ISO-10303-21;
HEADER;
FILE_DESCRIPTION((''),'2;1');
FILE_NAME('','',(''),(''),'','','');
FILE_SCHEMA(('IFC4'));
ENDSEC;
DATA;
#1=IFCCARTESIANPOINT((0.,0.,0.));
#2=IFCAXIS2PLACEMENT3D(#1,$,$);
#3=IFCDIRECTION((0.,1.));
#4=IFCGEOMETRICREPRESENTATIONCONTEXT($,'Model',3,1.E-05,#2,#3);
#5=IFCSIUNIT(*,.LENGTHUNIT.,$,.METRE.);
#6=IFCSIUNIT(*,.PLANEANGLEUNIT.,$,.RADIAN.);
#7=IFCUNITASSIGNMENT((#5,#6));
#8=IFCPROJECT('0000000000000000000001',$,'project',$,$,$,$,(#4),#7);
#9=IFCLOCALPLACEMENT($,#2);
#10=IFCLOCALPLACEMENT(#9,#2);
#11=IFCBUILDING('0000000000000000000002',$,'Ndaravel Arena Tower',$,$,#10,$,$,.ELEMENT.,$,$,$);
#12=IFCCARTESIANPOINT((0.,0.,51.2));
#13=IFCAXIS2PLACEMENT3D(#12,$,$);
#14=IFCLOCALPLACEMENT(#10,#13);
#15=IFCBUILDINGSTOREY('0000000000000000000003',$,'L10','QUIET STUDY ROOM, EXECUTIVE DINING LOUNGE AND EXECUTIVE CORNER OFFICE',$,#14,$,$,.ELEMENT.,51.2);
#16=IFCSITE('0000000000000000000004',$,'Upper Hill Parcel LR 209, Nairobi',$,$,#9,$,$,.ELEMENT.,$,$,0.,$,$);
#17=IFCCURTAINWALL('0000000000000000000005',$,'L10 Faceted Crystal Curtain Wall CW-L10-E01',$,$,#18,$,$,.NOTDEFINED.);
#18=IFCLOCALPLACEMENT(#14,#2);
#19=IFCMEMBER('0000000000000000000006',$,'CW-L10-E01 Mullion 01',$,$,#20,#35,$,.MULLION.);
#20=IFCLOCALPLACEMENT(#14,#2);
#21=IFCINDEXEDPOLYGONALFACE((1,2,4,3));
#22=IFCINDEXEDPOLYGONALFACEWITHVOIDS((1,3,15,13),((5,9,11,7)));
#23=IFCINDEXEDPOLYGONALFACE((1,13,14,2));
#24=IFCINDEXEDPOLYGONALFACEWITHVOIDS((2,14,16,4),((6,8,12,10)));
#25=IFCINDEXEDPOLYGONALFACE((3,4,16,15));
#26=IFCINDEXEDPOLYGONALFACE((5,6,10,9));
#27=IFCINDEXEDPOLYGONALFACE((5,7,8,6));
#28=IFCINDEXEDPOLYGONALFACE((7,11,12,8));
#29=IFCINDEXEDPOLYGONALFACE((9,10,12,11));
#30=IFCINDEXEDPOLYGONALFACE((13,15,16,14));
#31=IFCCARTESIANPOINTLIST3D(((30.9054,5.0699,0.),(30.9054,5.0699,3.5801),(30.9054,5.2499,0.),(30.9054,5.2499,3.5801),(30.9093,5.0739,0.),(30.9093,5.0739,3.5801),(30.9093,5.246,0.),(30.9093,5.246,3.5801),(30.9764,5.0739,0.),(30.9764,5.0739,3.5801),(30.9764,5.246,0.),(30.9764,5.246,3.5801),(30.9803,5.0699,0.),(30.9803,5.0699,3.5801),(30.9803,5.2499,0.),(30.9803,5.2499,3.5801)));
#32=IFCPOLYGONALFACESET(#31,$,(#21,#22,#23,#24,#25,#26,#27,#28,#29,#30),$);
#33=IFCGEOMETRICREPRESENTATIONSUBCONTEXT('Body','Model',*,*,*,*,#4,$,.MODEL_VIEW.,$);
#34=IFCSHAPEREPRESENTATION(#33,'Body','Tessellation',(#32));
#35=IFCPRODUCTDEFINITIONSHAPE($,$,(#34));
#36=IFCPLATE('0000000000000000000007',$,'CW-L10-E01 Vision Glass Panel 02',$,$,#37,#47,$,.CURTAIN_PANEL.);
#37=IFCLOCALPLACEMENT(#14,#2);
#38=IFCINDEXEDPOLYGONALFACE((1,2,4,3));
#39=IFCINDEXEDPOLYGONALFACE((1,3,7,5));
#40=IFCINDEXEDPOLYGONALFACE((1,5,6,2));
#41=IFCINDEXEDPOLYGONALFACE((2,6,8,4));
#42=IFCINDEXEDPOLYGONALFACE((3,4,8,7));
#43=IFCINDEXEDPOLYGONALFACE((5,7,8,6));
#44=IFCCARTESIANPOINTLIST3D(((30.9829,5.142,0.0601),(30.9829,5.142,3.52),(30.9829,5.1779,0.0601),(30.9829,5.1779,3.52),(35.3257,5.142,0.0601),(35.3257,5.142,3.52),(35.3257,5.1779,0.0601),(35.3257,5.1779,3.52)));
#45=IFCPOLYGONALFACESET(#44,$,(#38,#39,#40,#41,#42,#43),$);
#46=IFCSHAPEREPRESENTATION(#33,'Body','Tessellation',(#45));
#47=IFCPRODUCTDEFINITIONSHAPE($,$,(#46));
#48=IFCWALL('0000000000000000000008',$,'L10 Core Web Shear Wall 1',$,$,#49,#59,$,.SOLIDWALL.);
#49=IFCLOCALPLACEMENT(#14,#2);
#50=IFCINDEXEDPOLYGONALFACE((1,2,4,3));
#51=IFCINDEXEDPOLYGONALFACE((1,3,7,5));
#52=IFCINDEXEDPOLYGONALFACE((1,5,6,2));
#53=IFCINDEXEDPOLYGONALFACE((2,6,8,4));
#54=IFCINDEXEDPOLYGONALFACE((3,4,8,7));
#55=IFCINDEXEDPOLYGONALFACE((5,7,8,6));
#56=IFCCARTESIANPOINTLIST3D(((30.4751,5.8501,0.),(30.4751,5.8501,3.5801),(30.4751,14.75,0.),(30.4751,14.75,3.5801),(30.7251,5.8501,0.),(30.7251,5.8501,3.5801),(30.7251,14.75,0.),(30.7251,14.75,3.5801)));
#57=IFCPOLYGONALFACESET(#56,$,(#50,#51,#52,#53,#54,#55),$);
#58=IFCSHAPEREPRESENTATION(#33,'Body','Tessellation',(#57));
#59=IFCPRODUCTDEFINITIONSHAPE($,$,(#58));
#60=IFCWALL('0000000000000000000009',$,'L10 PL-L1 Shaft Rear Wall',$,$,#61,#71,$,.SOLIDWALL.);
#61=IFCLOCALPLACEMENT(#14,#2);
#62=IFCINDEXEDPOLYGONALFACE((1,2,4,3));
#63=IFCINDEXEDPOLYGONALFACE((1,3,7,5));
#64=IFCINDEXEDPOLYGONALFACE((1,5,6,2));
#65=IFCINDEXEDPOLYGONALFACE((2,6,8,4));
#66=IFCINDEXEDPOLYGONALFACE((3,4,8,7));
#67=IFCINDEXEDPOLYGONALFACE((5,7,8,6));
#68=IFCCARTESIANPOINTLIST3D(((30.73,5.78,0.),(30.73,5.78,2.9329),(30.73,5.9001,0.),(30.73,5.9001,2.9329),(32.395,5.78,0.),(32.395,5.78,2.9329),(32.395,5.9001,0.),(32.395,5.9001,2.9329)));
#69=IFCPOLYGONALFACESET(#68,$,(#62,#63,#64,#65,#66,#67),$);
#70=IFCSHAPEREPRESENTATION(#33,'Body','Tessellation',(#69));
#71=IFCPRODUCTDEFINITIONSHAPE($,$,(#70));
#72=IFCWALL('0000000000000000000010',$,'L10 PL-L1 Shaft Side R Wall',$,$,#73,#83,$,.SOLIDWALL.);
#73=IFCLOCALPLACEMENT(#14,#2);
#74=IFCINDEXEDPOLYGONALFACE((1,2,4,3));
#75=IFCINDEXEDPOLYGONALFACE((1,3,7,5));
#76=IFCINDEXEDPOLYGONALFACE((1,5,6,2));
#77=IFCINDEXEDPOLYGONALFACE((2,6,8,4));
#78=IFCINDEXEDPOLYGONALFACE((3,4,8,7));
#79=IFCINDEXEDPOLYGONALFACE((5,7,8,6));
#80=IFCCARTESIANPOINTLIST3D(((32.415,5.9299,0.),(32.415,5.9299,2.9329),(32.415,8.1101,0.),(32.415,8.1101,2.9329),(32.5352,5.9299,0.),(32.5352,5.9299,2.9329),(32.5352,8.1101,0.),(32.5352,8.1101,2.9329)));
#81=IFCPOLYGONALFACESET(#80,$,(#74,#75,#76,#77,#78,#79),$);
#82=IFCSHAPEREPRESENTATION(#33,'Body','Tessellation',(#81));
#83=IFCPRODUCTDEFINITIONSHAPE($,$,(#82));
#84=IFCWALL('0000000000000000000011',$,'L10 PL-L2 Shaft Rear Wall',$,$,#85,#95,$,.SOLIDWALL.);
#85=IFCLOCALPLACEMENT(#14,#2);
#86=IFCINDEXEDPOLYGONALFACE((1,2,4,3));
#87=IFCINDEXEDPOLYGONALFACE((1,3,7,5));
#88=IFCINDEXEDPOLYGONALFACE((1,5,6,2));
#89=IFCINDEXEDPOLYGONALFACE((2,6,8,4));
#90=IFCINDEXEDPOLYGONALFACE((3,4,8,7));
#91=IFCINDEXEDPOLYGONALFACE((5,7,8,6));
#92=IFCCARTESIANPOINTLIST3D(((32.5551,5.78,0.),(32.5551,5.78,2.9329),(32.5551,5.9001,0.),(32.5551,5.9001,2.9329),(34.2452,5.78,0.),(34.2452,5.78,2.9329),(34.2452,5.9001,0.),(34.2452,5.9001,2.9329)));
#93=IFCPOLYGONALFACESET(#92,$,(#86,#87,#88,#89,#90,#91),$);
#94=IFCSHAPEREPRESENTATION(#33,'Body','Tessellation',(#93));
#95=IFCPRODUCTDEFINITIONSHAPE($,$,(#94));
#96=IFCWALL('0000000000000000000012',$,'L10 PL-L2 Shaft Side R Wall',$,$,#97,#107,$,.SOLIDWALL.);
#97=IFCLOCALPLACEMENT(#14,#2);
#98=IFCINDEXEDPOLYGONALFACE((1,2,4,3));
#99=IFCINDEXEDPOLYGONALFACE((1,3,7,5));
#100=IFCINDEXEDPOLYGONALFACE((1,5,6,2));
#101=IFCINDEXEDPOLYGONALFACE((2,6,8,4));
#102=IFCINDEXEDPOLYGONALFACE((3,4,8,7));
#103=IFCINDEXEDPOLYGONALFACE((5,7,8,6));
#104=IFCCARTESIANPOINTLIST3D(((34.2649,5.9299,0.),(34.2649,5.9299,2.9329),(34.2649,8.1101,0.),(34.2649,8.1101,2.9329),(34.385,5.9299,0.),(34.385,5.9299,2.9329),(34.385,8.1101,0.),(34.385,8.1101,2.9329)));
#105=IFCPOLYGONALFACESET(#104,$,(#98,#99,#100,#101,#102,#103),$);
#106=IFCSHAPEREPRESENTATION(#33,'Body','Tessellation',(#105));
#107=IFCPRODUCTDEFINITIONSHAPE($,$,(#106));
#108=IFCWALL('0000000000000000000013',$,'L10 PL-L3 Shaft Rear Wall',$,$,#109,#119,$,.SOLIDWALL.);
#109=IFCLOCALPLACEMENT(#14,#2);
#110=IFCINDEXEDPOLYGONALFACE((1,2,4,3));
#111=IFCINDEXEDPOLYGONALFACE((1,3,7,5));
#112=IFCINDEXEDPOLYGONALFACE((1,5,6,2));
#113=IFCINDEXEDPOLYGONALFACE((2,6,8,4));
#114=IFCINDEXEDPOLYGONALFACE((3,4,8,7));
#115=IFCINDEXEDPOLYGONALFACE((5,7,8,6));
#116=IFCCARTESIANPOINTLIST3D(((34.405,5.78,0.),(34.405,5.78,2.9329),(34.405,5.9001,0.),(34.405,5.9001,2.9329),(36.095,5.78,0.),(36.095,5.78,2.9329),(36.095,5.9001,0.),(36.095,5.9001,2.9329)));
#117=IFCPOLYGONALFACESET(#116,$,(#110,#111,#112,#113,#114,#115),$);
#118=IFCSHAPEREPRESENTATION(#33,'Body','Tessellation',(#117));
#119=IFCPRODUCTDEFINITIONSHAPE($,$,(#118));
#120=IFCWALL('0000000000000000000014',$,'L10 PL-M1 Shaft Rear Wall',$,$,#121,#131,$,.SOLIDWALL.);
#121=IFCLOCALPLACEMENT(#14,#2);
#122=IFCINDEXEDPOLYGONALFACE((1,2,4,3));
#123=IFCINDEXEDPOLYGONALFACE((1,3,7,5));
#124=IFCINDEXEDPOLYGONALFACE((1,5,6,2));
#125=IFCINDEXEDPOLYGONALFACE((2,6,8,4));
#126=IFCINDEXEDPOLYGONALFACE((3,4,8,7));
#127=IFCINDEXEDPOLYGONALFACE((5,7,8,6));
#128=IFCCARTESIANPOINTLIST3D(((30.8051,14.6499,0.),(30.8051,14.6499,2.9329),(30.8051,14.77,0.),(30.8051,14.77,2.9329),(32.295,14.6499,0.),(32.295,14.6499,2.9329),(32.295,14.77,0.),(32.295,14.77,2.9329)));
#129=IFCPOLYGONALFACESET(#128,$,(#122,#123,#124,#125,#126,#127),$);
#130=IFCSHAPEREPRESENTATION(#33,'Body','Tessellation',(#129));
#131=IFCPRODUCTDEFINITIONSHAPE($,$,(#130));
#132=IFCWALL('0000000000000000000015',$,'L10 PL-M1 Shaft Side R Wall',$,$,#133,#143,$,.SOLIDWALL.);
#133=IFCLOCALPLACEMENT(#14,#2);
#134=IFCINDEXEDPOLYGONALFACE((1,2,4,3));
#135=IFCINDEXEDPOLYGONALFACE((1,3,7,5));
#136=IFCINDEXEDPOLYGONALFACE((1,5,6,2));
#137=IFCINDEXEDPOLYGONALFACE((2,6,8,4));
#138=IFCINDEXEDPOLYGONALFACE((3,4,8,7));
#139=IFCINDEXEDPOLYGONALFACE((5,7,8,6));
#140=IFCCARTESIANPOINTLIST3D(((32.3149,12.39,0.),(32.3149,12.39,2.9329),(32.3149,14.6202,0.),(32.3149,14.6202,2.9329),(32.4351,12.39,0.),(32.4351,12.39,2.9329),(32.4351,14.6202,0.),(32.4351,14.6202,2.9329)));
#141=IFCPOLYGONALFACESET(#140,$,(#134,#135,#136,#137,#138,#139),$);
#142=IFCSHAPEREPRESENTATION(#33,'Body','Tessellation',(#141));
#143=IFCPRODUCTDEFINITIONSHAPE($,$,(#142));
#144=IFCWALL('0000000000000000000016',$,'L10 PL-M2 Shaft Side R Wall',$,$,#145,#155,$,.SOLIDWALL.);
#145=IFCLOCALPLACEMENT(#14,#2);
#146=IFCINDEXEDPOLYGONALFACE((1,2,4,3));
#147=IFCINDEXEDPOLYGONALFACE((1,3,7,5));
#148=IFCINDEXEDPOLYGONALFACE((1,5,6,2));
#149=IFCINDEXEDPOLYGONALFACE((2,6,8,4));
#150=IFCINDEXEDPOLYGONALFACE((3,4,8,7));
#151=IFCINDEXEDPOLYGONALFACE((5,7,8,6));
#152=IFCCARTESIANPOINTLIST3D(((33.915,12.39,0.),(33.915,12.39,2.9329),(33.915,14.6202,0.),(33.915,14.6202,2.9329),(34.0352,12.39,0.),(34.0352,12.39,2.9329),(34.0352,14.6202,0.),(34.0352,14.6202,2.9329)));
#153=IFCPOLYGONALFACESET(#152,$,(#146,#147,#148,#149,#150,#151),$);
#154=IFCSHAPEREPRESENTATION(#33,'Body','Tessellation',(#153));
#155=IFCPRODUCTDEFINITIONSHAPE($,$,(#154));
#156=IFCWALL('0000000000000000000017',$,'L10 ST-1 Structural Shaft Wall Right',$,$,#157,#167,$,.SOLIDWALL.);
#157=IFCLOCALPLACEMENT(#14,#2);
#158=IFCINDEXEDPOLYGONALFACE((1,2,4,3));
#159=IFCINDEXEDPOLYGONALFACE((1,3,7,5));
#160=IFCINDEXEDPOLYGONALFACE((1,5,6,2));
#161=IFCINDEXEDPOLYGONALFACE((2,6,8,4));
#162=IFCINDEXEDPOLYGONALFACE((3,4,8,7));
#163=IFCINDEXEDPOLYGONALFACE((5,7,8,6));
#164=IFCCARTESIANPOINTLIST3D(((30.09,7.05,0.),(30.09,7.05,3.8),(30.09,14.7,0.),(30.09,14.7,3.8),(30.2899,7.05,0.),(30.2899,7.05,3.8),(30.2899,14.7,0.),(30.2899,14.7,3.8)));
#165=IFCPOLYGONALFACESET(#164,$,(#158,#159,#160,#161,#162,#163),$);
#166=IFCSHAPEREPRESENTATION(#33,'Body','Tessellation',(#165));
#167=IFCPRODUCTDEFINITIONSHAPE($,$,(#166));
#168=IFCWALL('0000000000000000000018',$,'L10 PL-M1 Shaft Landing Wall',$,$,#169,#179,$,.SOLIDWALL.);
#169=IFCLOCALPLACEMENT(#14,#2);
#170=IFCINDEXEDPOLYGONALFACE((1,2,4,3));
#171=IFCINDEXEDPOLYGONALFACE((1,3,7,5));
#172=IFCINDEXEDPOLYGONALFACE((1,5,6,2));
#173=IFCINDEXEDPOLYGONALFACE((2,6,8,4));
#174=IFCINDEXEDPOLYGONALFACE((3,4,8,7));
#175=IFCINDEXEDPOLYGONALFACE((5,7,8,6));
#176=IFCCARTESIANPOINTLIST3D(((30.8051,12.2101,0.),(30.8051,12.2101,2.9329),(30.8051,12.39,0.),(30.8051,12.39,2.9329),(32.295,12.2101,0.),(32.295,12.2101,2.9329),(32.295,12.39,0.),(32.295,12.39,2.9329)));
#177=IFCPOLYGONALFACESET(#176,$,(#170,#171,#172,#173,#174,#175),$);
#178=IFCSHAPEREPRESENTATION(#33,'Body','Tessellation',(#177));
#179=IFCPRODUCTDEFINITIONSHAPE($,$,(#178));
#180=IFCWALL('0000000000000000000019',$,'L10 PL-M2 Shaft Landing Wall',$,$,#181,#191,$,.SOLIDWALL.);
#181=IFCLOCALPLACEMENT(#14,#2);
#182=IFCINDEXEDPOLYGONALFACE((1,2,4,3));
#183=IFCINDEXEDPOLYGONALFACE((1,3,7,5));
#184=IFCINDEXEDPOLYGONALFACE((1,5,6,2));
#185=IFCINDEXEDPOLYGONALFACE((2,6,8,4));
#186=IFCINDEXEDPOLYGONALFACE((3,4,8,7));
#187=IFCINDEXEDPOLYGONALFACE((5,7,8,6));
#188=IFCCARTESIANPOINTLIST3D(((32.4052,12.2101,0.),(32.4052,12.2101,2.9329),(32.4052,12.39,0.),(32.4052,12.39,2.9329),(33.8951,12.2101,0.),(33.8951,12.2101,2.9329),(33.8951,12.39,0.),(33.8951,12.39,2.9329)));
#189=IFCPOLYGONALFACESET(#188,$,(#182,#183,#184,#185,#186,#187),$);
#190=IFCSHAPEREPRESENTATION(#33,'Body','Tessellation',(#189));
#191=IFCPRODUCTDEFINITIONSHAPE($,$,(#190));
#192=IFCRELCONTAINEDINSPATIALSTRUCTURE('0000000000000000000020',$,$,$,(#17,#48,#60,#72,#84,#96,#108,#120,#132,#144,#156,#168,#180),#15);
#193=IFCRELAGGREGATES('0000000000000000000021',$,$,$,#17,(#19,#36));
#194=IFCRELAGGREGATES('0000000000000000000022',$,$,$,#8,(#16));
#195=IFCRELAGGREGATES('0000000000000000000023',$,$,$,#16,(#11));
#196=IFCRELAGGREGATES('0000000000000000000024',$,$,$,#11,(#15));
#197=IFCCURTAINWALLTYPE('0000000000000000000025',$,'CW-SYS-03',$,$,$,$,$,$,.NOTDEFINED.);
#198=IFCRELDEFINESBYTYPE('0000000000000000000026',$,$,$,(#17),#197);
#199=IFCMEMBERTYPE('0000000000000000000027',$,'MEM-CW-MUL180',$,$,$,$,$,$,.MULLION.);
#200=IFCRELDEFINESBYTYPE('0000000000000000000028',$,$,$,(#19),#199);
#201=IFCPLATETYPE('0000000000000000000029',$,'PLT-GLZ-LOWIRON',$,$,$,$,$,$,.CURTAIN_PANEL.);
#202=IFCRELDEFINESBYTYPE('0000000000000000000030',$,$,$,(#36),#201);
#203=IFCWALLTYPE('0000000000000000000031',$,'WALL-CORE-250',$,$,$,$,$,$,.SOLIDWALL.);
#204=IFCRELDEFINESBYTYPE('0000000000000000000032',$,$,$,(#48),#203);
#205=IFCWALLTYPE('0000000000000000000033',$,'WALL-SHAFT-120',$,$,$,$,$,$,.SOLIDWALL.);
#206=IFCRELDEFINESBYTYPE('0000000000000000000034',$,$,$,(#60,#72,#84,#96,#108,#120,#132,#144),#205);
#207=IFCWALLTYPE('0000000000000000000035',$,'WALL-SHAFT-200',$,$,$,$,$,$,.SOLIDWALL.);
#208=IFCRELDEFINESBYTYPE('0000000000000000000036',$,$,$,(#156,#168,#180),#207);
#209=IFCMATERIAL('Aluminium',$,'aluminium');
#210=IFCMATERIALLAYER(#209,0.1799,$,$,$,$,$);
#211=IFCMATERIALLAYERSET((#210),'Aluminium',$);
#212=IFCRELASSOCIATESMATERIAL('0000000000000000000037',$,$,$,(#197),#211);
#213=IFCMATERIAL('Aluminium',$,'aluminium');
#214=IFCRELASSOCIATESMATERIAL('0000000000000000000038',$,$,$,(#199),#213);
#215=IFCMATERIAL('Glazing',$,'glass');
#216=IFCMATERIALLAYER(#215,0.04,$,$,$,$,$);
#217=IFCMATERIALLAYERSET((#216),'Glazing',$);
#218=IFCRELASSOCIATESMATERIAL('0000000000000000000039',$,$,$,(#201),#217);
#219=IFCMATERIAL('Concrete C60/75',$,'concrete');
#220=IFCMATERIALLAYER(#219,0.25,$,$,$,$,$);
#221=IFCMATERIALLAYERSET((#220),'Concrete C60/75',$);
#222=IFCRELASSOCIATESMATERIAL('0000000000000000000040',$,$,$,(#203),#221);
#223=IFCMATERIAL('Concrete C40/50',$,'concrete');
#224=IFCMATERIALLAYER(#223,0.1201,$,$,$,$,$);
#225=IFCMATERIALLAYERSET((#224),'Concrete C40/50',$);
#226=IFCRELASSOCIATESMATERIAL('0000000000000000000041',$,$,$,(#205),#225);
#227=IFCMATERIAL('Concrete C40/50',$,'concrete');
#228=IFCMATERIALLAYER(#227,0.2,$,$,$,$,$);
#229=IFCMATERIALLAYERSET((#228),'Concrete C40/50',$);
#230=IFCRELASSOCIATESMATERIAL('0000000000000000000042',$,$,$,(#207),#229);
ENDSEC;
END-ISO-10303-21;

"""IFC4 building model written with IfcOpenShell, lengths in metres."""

from ifc_helpers import new_model, si_unit, direction, frame, frame_2d, origin, origin_2d, place, context, subcontext, project, spatial, rectangle, hollow_rectangle, extrude, material, layer, layer_set, material_profile, profile_set, type_object, element, aggregate, save


model = new_model("IFC4")

# Units and contexts
model_context = context("Model", 3, precision=1e-05, world=origin(), true_north=direction((0.0, 1.0)))
body_context = subcontext(model_context, "Body", "Model", "MODEL_VIEW")
ifc_project = project(units=[si_unit("LENGTHUNIT", "METRE"), si_unit("PLANEANGLEUNIT", "RADIAN")], contexts=[model_context])

# Site, building, storey
site_placement = place(None, origin())
site = spatial("IfcSite", under=ifc_project, at=site_placement, Name="Upper Hill Parcel LR 209, Nairobi", CompositionType="ELEMENT", RefElevation=0.0)
building_placement = place(site_placement, origin())
building = spatial("IfcBuilding", under=site, at=building_placement, Name="Ndaravel Arena Tower", CompositionType="ELEMENT")
storey_placement = place(building_placement, frame((0.0, 0.0, 51.2)))
storey = spatial("IfcBuildingStorey", under=building, at=storey_placement, Name="L10", Description="QUIET STUDY ROOM, EXECUTIVE DINING LOUNGE AND EXECUTIVE CORNER OFFICE", CompositionType="ELEMENT", Elevation=51.2)

# Curtain wall, member, plate
ifc_material_1 = material(Name="Aluminium", Category="aluminium")
ifc_layer_1 = layer(ifc_material_1, 0.1799)
ifc_layer_set_1 = layer_set([ifc_layer_1], Name="Aluminium")
curtain_wall_type = type_object("IfcCurtainWallType", Name="CW-SYS-03", PredefinedType="NOTDEFINED", material=ifc_layer_set_1)
curtain_wall_placement = place(storey_placement, origin())
curtain_wall = element("IfcCurtainWall", 1, at=curtain_wall_placement, inside=storey, type_object=curtain_wall_type, Name="L10 Faceted Crystal Curtain Wall CW-L10-E01", PredefinedType="NOTDEFINED")
ifc_material_2 = material(Name="Aluminium", Category="aluminium")
ifc_material_profile = material_profile(ifc_material_2, hollow_rectangle(XDim=0.075, YDim=0.1799, WallThickness=0.0039, at=origin_2d()), Name="CW MULLION 75x180x4")
ifc_profile_set = profile_set([ifc_material_profile], Name="Aluminium")
member_type = type_object("IfcMemberType", Name="MEM-CW-MUL180", PredefinedType="MULLION", material=ifc_profile_set)
member_placement = place(storey_placement, frame((30.9429, 5.1599, 0.0), z_axis=(0.0, 0.0, 1.0), x_axis=(1.0, 0.0, 0.0)))
member = element("IfcMember", 2, at=member_placement, type_object=member_type, Name="CW-L10-E01 Mullion 01", PredefinedType="MULLION", context=body_context, shape_type="SweptSolid", body=[
    extrude(hollow_rectangle(XDim=0.075, YDim=0.1799, WallThickness=0.0039, at=origin_2d()), origin(), (0.0, 0.0, 1.0), 3.5801),
])
ifc_material_3 = material(Name="Glazing", Category="glass")
ifc_layer_2 = layer(ifc_material_3, 0.04)
ifc_layer_set_2 = layer_set([ifc_layer_2], Name="Glazing")
plate_type = type_object("IfcPlateType", Name="PLT-GLZ-LOWIRON", PredefinedType="CURTAIN_PANEL", material=ifc_layer_set_2)
plate_placement = place(storey_placement, frame((33.1543, 5.1599, 0.0601), z_axis=(0.0, 0.0, 1.0), x_axis=(1.0, 0.0, 0.0)))
plate = element("IfcPlate", 3, at=plate_placement, type_object=plate_type, Name="CW-L10-E01 Vision Glass Panel 02", PredefinedType="CURTAIN_PANEL", context=body_context, shape_type="SweptSolid", body=[
    extrude(rectangle(XDim=4.3428, YDim=0.0359, at=origin_2d()), origin(), (0.0, 0.0, 1.0), 3.46),
])
aggregate(curtain_wall, [member, plate])

# Walls
ifc_material_4 = material(Name="Concrete C60/75", Category="concrete")
ifc_layer_3 = layer(ifc_material_4, 0.25)
ifc_layer_set_3 = layer_set([ifc_layer_3], Name="Concrete C60/75")
wall_type_1 = type_object("IfcWallType", Name="WALL-CORE-250", PredefinedType="SOLIDWALL", material=ifc_layer_set_3)
wall_1_placement = place(storey_placement, frame((30.6001, 5.8501, 0.0), z_axis=(0.0, 0.0, 1.0), x_axis=(0.0, 1.0, 0.0)))
element("IfcWall", 4, at=wall_1_placement, inside=storey, type_object=wall_type_1, Name="L10 Core Web Shear Wall 1", PredefinedType="SOLIDWALL", context=body_context, shape_type="SweptSolid", body=[
    extrude(rectangle(XDim=8.8999, YDim=0.25, at=frame_2d((4.45, 0.0))), origin(), (0.0, 0.0, 1.0), 3.5801),
])
ifc_material_5 = material(Name="Concrete C40/50", Category="concrete")
ifc_layer_4 = layer(ifc_material_5, 0.1201)
ifc_layer_set_4 = layer_set([ifc_layer_4], Name="Concrete C40/50")
wall_type_2 = type_object("IfcWallType", Name="WALL-SHAFT-120", PredefinedType="SOLIDWALL", material=ifc_layer_set_4)
wall_2_placement = place(storey_placement, frame((30.73, 5.8401, 0.0), z_axis=(0.0, 0.0, 1.0), x_axis=(1.0, 0.0, 0.0)))
element("IfcWall", 5, at=wall_2_placement, inside=storey, type_object=wall_type_2, Name="L10 PL-L1 Shaft Rear Wall", PredefinedType="SOLIDWALL", context=body_context, shape_type="SweptSolid", body=[
    extrude(rectangle(XDim=1.665, YDim=0.1201, at=frame_2d((0.8325, 0.0))), origin(), (0.0, 0.0, 1.0), 2.9329),
])
wall_3_placement = place(storey_placement, frame((32.4751, 5.9299, 0.0), z_axis=(0.0, 0.0, 1.0), x_axis=(0.0, 1.0, 0.0)))
element("IfcWall", 6, at=wall_3_placement, inside=storey, type_object=wall_type_2, Name="L10 PL-L1 Shaft Side R Wall", PredefinedType="SOLIDWALL", context=body_context, shape_type="SweptSolid", body=[
    extrude(rectangle(XDim=2.1802, YDim=0.1201, at=frame_2d((1.0901, 0.0))), origin(), (0.0, 0.0, 1.0), 2.9329),
])
wall_4_placement = place(storey_placement, frame((32.5549, 5.8401, 0.0), z_axis=(0.0, 0.0, 1.0), x_axis=(1.0, 0.0, 0.0)))
element("IfcWall", 7, at=wall_4_placement, inside=storey, type_object=wall_type_2, Name="L10 PL-L2 Shaft Rear Wall", PredefinedType="SOLIDWALL", context=body_context, shape_type="SweptSolid", body=[
    extrude(rectangle(XDim=1.6902, YDim=0.1201, at=frame_2d((0.8452, 0.0))), origin(), (0.0, 0.0, 1.0), 2.9329),
])
wall_5_placement = place(storey_placement, frame((34.325, 5.9299, 0.0), z_axis=(0.0, 0.0, 1.0), x_axis=(0.0, 1.0, 0.0)))
element("IfcWall", 8, at=wall_5_placement, inside=storey, type_object=wall_type_2, Name="L10 PL-L2 Shaft Side R Wall", PredefinedType="SOLIDWALL", context=body_context, shape_type="SweptSolid", body=[
    extrude(rectangle(XDim=2.1802, YDim=0.1201, at=frame_2d((1.0901, 0.0))), origin(), (0.0, 0.0, 1.0), 2.9329),
])
wall_6_placement = place(storey_placement, frame((34.405, 5.8401, 0.0), z_axis=(0.0, 0.0, 1.0), x_axis=(1.0, 0.0, 0.0)))
element("IfcWall", 9, at=wall_6_placement, inside=storey, type_object=wall_type_2, Name="L10 PL-L3 Shaft Rear Wall", PredefinedType="SOLIDWALL", context=body_context, shape_type="SweptSolid", body=[
    extrude(rectangle(XDim=1.6899, YDim=0.1201, at=frame_2d((0.845, 0.0))), origin(), (0.0, 0.0, 1.0), 2.9329),
])
wall_7_placement = place(storey_placement, frame((30.8049, 14.71, 0.0), z_axis=(0.0, 0.0, 1.0), x_axis=(1.0, 0.0, 0.0)))
element("IfcWall", 10, at=wall_7_placement, inside=storey, type_object=wall_type_2, Name="L10 PL-M1 Shaft Rear Wall", PredefinedType="SOLIDWALL", context=body_context, shape_type="SweptSolid", body=[
    extrude(rectangle(XDim=1.49, YDim=0.1201, at=frame_2d((0.7451, 0.0))), origin(), (0.0, 0.0, 1.0), 2.9329),
])
for number, where, z_axis, x_axis, name in (
    (11, (32.375, 12.3899, 0.0), (0.0, 0.0, 1.0), (0.0, 1.0, 0.0), "L10 PL-M1 Shaft Side R Wall"),
    (12, (33.9751, 12.3899, 0.0), (0.0, 0.0, 1.0), (0.0, 1.0, 0.0), "L10 PL-M2 Shaft Side R Wall"),
):
    element("IfcWall", number, at=place(storey_placement, frame(where, z_axis=z_axis, x_axis=x_axis)), inside=storey, type_object=wall_type_2, Name=name, PredefinedType="SOLIDWALL", context=body_context, shape_type="SweptSolid", body=[
        extrude(rectangle(XDim=2.2302, YDim=0.1201, at=frame_2d((1.1152, 0.0))), origin(), (0.0, 0.0, 1.0), 2.9329),
    ])
ifc_material_6 = material(Name="Concrete C40/50", Category="concrete")
ifc_layer_5 = layer(ifc_material_6, 0.2)
ifc_layer_set_5 = layer_set([ifc_layer_5], Name="Concrete C40/50")
wall_type_3 = type_object("IfcWallType", Name="WALL-SHAFT-200", PredefinedType="SOLIDWALL", material=ifc_layer_set_5)
wall_8_placement = place(storey_placement, frame((30.1899, 14.7, 0.0), z_axis=(0.0, 0.0, 1.0), x_axis=(0.0, -1.0, 0.0)))
element("IfcWall", 13, at=wall_8_placement, inside=storey, type_object=wall_type_3, Name="L10 ST-1 Structural Shaft Wall Right", PredefinedType="SOLIDWALL", context=body_context, shape_type="SweptSolid", body=[
    extrude(rectangle(XDim=7.6499, YDim=0.2, at=frame_2d((3.825, 0.0))), origin(), (0.0, 0.0, 1.0), 3.8),
])

# Walls
for number, where, z_axis, x_axis, name in (
    (14, (30.8049, 12.3, 0.0), (0.0, 0.0, 1.0), (1.0, 0.0, 0.0), "L10 PL-M1 Shaft Landing Wall"),
    (15, (32.405, 12.3, 0.0), (0.0, 0.0, 1.0), (1.0, 0.0, 0.0), "L10 PL-M2 Shaft Landing Wall"),
):
    element("IfcWall", number, at=place(storey_placement, frame(where, z_axis=z_axis, x_axis=x_axis)), inside=storey, type_object=wall_type_3, Name=name, PredefinedType="SOLIDWALL", context=body_context, shape_type="SweptSolid", body=[
        extrude(rectangle(XDim=1.49, YDim=0.1799, at=frame_2d((0.7451, 0.0))), origin(), (0.0, 0.0, 1.0), 2.9329),
    ])

save(model, "model.ifc")
